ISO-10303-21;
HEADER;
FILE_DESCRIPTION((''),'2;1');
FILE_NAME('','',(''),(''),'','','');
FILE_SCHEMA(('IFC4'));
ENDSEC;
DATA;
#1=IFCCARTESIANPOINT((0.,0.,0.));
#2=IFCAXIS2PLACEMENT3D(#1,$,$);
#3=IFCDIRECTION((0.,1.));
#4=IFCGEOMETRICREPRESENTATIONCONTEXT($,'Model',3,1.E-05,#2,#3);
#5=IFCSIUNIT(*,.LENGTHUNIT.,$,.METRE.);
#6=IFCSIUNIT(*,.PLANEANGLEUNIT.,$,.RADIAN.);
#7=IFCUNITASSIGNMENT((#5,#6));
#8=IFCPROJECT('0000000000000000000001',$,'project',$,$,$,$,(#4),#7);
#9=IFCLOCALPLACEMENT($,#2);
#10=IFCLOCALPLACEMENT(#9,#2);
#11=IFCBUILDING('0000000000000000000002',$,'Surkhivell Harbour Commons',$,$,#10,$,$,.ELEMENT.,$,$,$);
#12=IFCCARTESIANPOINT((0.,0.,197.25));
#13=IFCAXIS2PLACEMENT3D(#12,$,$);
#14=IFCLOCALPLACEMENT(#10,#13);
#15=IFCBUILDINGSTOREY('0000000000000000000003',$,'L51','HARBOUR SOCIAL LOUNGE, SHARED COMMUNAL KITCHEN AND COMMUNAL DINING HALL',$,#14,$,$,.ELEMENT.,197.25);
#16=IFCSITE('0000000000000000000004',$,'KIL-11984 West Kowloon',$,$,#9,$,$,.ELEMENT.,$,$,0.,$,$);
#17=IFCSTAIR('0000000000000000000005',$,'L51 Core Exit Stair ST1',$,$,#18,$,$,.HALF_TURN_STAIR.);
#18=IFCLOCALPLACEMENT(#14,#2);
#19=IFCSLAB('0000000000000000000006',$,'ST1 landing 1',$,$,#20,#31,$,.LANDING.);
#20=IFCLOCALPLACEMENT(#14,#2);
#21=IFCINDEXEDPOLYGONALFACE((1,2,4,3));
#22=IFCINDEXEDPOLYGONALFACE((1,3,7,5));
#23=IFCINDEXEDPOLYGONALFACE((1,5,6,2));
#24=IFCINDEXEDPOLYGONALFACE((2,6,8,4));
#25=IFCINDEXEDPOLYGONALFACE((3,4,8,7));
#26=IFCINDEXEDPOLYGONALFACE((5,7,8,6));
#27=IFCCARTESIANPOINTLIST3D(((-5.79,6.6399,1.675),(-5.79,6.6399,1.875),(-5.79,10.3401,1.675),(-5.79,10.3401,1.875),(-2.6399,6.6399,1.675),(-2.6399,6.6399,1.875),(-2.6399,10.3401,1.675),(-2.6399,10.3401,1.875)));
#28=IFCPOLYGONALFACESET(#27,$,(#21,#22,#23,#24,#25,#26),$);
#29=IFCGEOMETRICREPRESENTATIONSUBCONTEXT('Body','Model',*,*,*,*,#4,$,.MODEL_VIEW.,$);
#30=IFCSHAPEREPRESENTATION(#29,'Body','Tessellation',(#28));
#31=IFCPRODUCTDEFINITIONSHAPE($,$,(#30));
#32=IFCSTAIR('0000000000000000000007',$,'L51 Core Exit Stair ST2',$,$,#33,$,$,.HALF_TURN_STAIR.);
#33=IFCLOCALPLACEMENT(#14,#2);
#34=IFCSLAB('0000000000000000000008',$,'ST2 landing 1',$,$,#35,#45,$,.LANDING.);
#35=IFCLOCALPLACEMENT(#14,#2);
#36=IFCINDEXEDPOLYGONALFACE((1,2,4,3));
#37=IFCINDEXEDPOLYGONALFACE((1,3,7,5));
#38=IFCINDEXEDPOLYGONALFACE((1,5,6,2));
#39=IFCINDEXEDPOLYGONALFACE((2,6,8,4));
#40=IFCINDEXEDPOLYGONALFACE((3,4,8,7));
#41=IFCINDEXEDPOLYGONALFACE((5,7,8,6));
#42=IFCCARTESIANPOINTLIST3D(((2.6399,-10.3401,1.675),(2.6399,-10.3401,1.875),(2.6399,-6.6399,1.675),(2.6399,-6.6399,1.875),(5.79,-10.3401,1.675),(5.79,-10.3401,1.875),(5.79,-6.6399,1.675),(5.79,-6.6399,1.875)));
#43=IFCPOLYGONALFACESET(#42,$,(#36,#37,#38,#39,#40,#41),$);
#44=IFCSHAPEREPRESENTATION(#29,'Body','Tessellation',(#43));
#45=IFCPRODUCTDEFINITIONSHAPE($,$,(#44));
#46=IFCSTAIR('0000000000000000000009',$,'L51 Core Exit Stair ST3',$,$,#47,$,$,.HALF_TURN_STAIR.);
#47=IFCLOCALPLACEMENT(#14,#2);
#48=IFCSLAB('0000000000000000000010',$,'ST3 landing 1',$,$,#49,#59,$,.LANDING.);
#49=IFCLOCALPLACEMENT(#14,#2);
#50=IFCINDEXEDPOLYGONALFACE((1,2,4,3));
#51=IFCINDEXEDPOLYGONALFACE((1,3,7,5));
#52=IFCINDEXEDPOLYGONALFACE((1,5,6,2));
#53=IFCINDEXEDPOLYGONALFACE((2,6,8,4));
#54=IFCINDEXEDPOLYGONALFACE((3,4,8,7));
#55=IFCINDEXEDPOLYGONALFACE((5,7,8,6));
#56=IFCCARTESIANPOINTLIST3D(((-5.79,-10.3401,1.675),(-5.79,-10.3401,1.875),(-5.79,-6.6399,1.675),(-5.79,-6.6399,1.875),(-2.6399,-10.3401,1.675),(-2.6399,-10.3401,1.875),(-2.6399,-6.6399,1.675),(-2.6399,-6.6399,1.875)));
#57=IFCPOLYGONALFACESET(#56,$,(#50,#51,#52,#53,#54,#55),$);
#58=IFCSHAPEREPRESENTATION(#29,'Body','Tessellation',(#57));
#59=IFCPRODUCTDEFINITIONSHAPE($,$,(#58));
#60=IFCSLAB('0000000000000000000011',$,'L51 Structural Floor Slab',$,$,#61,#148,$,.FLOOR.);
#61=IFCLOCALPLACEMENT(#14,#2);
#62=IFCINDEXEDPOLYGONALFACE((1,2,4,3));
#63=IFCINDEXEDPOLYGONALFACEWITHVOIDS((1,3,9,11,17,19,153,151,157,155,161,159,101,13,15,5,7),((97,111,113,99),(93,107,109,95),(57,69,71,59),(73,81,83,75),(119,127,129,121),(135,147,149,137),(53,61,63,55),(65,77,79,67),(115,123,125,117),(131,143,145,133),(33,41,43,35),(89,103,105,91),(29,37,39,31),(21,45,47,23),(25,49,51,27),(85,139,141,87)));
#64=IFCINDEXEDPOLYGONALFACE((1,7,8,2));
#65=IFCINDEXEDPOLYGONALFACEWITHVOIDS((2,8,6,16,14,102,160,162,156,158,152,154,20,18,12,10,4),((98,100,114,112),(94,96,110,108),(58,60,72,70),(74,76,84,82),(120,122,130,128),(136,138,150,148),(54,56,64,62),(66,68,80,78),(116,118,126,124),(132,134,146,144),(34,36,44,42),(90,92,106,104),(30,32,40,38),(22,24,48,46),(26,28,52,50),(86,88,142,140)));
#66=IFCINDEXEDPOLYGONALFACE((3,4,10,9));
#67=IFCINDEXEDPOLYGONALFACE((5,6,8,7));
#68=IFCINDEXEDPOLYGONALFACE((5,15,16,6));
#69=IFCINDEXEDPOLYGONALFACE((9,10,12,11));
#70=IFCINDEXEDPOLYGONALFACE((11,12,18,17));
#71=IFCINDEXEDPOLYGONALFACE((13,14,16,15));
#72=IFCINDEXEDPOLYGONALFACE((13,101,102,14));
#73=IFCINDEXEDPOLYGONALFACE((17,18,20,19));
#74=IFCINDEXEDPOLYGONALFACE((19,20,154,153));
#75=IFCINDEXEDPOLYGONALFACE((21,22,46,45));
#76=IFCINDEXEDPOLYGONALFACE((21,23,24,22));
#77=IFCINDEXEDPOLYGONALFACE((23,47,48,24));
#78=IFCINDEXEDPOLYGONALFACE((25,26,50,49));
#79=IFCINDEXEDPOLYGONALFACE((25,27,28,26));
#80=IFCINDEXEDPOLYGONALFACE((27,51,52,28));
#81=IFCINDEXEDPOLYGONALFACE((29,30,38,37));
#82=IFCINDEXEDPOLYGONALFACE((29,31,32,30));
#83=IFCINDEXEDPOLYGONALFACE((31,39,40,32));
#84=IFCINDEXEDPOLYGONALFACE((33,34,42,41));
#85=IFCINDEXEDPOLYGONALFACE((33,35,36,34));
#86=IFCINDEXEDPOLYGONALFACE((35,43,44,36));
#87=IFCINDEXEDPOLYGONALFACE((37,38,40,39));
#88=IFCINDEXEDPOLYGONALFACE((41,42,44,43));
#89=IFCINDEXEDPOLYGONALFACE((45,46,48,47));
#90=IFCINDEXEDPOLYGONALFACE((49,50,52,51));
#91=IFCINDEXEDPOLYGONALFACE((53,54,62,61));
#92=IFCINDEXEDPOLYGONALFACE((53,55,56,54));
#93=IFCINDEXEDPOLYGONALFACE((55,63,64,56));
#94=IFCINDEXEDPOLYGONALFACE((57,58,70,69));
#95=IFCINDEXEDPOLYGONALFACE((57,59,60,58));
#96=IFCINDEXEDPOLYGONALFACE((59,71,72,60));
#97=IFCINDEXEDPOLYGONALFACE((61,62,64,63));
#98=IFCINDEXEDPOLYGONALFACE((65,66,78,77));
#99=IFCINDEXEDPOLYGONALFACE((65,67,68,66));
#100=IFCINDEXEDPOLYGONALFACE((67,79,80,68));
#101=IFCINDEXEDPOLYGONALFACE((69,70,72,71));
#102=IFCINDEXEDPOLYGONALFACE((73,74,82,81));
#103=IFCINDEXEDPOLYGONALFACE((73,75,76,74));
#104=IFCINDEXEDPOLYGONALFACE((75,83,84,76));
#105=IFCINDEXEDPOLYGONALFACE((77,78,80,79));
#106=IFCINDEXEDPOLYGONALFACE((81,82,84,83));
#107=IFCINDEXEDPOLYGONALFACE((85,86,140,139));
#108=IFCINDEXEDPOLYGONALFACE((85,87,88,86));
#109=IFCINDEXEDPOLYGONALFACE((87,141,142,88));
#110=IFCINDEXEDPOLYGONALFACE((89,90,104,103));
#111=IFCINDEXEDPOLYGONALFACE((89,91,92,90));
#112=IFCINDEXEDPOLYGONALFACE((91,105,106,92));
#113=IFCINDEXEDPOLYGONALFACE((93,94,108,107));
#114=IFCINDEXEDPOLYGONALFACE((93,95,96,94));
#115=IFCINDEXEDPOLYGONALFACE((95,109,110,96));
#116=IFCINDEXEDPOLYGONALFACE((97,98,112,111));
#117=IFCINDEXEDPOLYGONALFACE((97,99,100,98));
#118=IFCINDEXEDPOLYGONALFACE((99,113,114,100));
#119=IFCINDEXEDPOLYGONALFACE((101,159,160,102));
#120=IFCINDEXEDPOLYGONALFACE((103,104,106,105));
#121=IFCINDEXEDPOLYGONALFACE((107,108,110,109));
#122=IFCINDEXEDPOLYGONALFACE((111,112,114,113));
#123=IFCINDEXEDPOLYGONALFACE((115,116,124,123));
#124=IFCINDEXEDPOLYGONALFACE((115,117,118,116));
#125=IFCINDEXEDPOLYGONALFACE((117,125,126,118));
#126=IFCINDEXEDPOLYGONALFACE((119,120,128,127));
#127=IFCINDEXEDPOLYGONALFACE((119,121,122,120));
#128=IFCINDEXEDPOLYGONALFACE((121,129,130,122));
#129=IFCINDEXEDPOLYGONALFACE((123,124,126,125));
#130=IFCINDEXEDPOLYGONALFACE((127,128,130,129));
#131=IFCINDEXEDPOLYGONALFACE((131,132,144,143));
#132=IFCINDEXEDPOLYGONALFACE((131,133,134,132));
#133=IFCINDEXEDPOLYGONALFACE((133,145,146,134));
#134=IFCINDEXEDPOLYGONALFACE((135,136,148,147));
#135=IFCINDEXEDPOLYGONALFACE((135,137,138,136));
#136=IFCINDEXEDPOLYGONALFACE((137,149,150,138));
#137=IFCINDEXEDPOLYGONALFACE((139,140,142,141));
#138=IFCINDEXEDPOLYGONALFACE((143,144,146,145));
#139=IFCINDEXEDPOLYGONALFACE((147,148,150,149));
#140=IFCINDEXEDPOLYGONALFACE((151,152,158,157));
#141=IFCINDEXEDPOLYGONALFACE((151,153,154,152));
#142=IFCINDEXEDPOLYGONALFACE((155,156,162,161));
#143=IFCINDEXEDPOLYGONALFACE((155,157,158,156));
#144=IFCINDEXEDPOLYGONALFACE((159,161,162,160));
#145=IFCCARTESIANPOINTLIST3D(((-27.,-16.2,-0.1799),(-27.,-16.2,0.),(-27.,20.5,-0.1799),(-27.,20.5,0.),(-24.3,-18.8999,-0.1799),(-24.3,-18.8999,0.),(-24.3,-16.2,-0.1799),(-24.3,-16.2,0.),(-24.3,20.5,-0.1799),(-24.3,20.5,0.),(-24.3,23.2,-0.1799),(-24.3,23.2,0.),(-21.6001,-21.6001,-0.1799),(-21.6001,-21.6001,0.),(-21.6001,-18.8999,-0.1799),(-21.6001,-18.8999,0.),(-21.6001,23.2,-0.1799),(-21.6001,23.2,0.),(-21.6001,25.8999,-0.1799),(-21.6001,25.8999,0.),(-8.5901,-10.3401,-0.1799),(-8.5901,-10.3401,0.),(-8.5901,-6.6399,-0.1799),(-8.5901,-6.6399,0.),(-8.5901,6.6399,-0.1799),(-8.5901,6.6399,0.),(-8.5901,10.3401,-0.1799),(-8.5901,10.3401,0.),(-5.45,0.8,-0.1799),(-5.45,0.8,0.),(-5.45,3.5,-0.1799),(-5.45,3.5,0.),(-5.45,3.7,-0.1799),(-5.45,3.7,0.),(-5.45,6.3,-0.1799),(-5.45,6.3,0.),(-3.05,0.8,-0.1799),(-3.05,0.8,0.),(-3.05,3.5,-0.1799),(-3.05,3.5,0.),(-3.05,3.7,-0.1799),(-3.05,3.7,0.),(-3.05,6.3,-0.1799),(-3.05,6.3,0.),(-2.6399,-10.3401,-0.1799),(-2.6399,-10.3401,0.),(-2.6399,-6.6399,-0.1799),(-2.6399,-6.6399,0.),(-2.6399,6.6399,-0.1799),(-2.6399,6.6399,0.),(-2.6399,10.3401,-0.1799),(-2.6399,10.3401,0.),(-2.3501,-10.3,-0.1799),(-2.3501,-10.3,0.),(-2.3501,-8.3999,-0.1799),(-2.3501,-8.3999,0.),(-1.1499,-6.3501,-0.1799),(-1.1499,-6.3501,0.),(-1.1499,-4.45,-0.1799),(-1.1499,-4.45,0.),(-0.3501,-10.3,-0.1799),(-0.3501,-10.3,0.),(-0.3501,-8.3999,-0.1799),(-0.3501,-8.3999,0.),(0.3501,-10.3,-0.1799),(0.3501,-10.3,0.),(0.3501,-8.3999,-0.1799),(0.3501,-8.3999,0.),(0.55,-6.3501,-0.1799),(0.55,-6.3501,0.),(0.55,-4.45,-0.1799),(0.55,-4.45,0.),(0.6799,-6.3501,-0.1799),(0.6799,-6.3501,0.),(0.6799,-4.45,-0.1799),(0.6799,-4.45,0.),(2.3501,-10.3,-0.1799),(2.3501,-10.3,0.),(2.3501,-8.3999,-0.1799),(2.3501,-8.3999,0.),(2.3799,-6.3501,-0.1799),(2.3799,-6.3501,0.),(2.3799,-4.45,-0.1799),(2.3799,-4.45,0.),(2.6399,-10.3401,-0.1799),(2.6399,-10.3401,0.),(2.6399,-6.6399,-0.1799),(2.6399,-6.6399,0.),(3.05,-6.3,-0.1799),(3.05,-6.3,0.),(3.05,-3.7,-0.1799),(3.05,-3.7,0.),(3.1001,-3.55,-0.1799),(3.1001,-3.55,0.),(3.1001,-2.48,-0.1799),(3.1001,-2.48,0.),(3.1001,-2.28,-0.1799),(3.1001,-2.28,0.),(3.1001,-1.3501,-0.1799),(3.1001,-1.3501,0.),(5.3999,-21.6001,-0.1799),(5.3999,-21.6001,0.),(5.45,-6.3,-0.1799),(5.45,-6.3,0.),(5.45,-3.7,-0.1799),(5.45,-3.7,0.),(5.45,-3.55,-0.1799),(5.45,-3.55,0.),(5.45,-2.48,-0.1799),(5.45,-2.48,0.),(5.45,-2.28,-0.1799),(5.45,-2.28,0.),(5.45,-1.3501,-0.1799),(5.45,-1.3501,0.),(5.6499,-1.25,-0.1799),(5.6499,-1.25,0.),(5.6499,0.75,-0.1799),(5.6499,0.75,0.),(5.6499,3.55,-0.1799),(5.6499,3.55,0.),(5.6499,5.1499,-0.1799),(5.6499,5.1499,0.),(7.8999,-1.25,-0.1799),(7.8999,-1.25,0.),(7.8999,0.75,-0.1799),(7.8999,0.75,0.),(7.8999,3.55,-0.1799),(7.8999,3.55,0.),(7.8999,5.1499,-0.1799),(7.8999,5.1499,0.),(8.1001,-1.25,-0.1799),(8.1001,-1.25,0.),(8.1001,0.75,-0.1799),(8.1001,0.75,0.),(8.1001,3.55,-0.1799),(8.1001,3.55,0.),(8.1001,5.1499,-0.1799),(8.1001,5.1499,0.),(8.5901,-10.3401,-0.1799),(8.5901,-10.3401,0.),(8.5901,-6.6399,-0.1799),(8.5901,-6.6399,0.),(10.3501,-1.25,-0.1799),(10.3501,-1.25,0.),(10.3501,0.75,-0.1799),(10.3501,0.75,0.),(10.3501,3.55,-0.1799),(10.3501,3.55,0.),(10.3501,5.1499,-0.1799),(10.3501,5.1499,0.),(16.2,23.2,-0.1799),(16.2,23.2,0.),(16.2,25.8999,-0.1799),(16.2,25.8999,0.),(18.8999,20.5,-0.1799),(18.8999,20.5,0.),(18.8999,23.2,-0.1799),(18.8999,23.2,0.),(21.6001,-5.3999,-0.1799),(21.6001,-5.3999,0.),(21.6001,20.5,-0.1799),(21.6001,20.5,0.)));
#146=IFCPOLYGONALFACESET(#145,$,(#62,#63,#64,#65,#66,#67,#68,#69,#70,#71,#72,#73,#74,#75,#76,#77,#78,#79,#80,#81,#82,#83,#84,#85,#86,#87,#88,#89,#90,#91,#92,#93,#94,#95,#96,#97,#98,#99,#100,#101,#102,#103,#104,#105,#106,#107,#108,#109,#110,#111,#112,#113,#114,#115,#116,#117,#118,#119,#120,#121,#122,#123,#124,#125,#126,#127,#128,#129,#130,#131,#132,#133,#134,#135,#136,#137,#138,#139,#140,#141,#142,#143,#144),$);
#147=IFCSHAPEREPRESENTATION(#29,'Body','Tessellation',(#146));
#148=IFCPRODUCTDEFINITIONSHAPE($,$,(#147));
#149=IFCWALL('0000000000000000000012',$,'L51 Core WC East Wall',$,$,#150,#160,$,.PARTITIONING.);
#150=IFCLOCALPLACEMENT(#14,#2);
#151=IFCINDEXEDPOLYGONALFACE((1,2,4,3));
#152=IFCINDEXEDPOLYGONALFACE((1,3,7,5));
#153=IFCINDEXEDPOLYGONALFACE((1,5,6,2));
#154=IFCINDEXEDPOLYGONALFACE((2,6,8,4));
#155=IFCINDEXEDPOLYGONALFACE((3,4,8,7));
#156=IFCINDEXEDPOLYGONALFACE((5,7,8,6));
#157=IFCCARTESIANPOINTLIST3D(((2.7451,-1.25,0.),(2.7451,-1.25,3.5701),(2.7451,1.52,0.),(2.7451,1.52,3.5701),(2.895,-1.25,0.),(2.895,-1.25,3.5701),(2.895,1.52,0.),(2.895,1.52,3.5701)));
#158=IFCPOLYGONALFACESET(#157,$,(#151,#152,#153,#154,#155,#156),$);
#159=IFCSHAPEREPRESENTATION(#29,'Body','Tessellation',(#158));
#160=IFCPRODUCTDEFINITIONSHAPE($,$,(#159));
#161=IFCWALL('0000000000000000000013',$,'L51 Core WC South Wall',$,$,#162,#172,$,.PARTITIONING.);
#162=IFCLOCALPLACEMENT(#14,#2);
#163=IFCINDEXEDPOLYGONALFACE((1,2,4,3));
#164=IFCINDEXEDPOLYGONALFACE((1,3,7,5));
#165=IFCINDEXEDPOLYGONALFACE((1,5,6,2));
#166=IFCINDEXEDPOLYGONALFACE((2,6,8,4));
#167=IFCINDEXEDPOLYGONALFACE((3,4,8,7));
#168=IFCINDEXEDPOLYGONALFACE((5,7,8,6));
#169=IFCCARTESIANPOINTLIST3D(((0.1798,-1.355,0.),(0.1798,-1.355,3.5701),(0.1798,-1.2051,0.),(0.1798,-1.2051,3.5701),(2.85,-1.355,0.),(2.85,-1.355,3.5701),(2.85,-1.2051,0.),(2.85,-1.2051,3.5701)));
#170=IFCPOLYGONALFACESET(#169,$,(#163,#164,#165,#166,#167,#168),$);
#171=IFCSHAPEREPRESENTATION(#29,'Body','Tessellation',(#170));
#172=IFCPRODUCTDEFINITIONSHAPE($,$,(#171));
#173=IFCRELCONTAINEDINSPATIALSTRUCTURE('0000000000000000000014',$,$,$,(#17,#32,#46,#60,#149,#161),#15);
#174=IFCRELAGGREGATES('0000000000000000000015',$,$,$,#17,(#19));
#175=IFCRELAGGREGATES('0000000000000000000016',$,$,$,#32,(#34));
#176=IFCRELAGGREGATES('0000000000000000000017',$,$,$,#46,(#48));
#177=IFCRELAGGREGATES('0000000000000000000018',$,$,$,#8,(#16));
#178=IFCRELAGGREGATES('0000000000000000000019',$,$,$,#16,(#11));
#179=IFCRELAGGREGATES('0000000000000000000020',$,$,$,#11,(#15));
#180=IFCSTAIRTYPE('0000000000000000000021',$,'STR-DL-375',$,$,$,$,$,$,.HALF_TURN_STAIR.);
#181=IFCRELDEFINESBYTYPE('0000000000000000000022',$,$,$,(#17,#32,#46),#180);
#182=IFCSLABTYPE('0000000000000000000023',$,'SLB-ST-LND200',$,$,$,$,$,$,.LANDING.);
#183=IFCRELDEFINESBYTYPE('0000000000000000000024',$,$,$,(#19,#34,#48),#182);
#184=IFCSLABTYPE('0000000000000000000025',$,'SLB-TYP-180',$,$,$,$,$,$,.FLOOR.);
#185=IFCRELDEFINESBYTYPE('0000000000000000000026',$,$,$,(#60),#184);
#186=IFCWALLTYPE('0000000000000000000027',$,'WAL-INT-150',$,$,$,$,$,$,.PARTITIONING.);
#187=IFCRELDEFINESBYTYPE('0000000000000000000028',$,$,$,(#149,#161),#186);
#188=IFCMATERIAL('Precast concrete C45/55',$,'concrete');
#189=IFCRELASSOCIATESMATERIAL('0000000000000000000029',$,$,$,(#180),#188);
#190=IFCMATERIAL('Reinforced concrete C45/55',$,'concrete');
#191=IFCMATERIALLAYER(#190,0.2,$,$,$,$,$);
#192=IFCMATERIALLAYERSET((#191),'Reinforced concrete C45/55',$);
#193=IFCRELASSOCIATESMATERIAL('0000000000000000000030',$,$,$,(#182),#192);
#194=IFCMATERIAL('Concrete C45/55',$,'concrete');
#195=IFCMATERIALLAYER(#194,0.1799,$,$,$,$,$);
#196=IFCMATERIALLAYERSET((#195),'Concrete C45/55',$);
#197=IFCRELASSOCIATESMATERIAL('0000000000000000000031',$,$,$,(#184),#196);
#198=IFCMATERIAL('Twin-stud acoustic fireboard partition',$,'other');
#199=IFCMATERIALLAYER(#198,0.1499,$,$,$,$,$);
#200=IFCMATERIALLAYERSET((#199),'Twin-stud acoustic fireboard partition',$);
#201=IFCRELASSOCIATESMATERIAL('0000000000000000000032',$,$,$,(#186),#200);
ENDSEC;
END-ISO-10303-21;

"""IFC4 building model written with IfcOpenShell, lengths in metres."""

from ifc_helpers import new_model, si_unit, direction, frame, frame_2d, origin, place, context, subcontext, project, spatial, polyline, rectangle, outline, extrude, material, layer, layer_set, type_object, element, aggregate, save


model = new_model("IFC4")

# Units and contexts
model_context = context("Model", 3, precision=1e-05, world=origin(), true_north=direction((0.0, 1.0)))
body_context = subcontext(model_context, "Body", "Model", "MODEL_VIEW")
ifc_project = project(units=[si_unit("LENGTHUNIT", "METRE"), si_unit("PLANEANGLEUNIT", "RADIAN")], contexts=[model_context])

# Site, building, storey
site_placement = place(None, origin())
site = spatial("IfcSite", under=ifc_project, at=site_placement, Name="KIL-11984 West Kowloon", CompositionType="ELEMENT", RefElevation=0.0)
building_placement = place(site_placement, origin())
building = spatial("IfcBuilding", under=site, at=building_placement, Name="Surkhivell Harbour Commons", CompositionType="ELEMENT")
storey_placement = place(building_placement, frame((0.0, 0.0, 197.25)))
storey = spatial("IfcBuildingStorey", under=building, at=storey_placement, Name="L51", Description="HARBOUR SOCIAL LOUNGE, SHARED COMMUNAL KITCHEN AND COMMUNAL DINING HALL", CompositionType="ELEMENT", Elevation=197.25)

# Stairs, slabs
ifc_material_1 = material(Name="Precast concrete C45/55", Category="concrete")
stair_type = type_object("IfcStairType", Name="STR-DL-375", PredefinedType="HALF_TURN_STAIR", material=ifc_material_1)
stair_1_placement = place(storey_placement, origin())
stair_1 = element("IfcStair", 1, at=stair_1_placement, inside=storey, type_object=stair_type, Name="L51 Core Exit Stair ST1", PredefinedType="HALF_TURN_STAIR")
ifc_material_2 = material(Name="Reinforced concrete C45/55", Category="concrete")
ifc_layer_1 = layer(ifc_material_2, 0.2)
ifc_layer_set_1 = layer_set([ifc_layer_1], Name="Reinforced concrete C45/55")
slab_type_1 = type_object("IfcSlabType", Name="SLB-ST-LND200", PredefinedType="LANDING", material=ifc_layer_set_1)
slab_1_placement = place(storey_placement, frame((0.0, 0.0, 1.675)))
slab_1 = element("IfcSlab", 2, at=slab_1_placement, type_object=slab_type_1, Name="ST1 landing 1", PredefinedType="LANDING", context=body_context, shape_type="SweptSolid", body=[
    extrude(outline(polyline([(-5.79, 6.6399), (-2.6399, 6.6399), (-2.6399, 10.3401), (-5.79, 10.3401), (-5.79, 6.6399)])), origin(), (0.0, 0.0, 1.0), 0.2),
])
aggregate(stair_1, [slab_1])
stair_2_placement = place(storey_placement, origin())
stair_2 = element("IfcStair", 3, at=stair_2_placement, inside=storey, type_object=stair_type, Name="L51 Core Exit Stair ST2", PredefinedType="HALF_TURN_STAIR")
slab_2_placement = place(storey_placement, frame((0.0, 0.0, 1.675)))
slab_2 = element("IfcSlab", 4, at=slab_2_placement, type_object=slab_type_1, Name="ST2 landing 1", PredefinedType="LANDING", context=body_context, shape_type="SweptSolid", body=[
    extrude(outline(polyline([(5.79, -6.6399), (2.6399, -6.6399), (2.6399, -10.3401), (5.79, -10.3401), (5.79, -6.6399)])), origin(), (0.0, 0.0, 1.0), 0.2),
])
aggregate(stair_2, [slab_2])
stair_3_placement = place(storey_placement, origin())
stair_3 = element("IfcStair", 5, at=stair_3_placement, inside=storey, type_object=stair_type, Name="L51 Core Exit Stair ST3", PredefinedType="HALF_TURN_STAIR")
slab_3_placement = place(storey_placement, frame((0.0, 0.0, 1.675)))
slab_3 = element("IfcSlab", 6, at=slab_3_placement, type_object=slab_type_1, Name="ST3 landing 1", PredefinedType="LANDING", context=body_context, shape_type="SweptSolid", body=[
    extrude(outline(polyline([(-5.79, -10.3401), (-2.6399, -10.3401), (-2.6399, -6.6399), (-5.79, -6.6399), (-5.79, -10.3401)])), origin(), (0.0, 0.0, 1.0), 0.2),
])
aggregate(stair_3, [slab_3])

# Slab
ifc_material_3 = material(Name="Concrete C45/55", Category="concrete")
ifc_layer_2 = layer(ifc_material_3, 0.1799)
ifc_layer_set_2 = layer_set([ifc_layer_2], Name="Concrete C45/55")
slab_type_2 = type_object("IfcSlabType", Name="SLB-TYP-180", PredefinedType="FLOOR", material=ifc_layer_set_2)
slab_4_placement = place(storey_placement, frame((0.0, 0.0, -0.1799)))
element("IfcSlab", 7, at=slab_4_placement, inside=storey, type_object=slab_type_2, Name="L51 Structural Floor Slab", PredefinedType="FLOOR", context=body_context, shape_type="SweptSolid", body=[
    extrude(outline(polyline([(-21.6001, -21.6001), (5.3999, -21.6001), (21.6001, -5.3999), (21.6001, 20.5), (18.8999, 20.5), (18.8999, 23.2), (16.2, 23.2), (16.2, 25.8999), (-21.6001, 25.8999), (-21.6001, 23.2), (-24.3, 23.2), (-24.3, 20.5), (-27.0, 20.5), (-27.0, -16.2), (-24.3, -16.2), (-24.3, -18.8999), (-21.6001, -18.8999), (-21.6001, -21.6001)]), holes=[polyline([(-8.5901, 6.6399), (-2.6399, 6.6399), (-2.6399, 10.3401), (-8.5901, 10.3401), (-8.5901, 6.6399)]), polyline([(8.5901, -6.6399), (2.6399, -6.6399), (2.6399, -10.3401), (8.5901, -10.3401), (8.5901, -6.6399)]), polyline([(-8.5901, -10.3401), (-2.6399, -10.3401), (-2.6399, -6.6399), (-8.5901, -6.6399), (-8.5901, -10.3401)]), polyline([(5.6499, 3.55), (7.8999, 3.55), (7.8999, 5.1499), (5.6499, 5.1499), (5.6499, 3.55)]), polyline([(8.1001, 3.55), (10.3501, 3.55), (10.3501, 5.1499), (8.1001, 5.1499), (8.1001, 3.55)]), polyline([(5.6499, -1.25), (7.8999, -1.25), (7.8999, 0.75), (5.6499, 0.75), (5.6499, -1.25)]), polyline([(8.1001, -1.25), (10.3501, -1.25), (10.3501, 0.75), (8.1001, 0.75), (8.1001, -1.25)]), polyline([(-1.1499, -6.3501), (0.55, -6.3501), (0.55, -4.45), (-1.1499, -4.45), (-1.1499, -6.3501)]), polyline([(0.6799, -6.3501), (2.3799, -6.3501), (2.3799, -4.45), (0.6799, -4.45), (0.6799, -6.3501)]), polyline([(-2.3501, -10.3), (-0.3501, -10.3), (-0.3501, -8.3999), (-2.3501, -8.3999), (-2.3501, -10.3)]), polyline([(0.3501, -10.3), (2.3501, -10.3), (2.3501, -8.3999), (0.3501, -8.3999), (0.3501, -10.3)]), polyline([(-5.45, 3.7), (-3.05, 3.7), (-3.05, 6.3), (-5.45, 6.3), (-5.45, 3.7)]), polyline([(3.05, -6.3), (5.45, -6.3), (5.45, -3.7), (3.05, -3.7), (3.05, -6.3)]), polyline([(-5.45, 0.8), (-3.05, 0.8), (-3.05, 3.5), (-5.45, 3.5), (-5.45, 0.8)]), polyline([(3.1001, -3.55), (5.45, -3.55), (5.45, -2.48), (3.1001, -2.48), (3.1001, -3.55)]), polyline([(3.1001, -2.28), (5.45, -2.28), (5.45, -1.3501), (3.1001, -1.3501), (3.1001, -2.28)])]), origin(), (0.0, 0.0, 1.0), 0.1799),
])

# Walls
ifc_material_4 = material(Name="Twin-stud acoustic fireboard partition", Category="other")
ifc_layer_3 = layer(ifc_material_4, 0.1499)
ifc_layer_set_3 = layer_set([ifc_layer_3], Name="Twin-stud acoustic fireboard partition")
wall_type_1 = type_object("IfcWallType", Name="WAL-INT-150", PredefinedType="PARTITIONING", material=ifc_layer_set_3)
wall_1_placement = place(storey_placement, frame((2.8201, -1.25, 0.0), z_axis=(0.0, 0.0, 1.0), x_axis=(0.0, 1.0, 0.0)))
element("IfcWall", 8, at=wall_1_placement, inside=storey, type_object=wall_type_1, Name="L51 Core WC East Wall", PredefinedType="PARTITIONING", context=body_context, shape_type="SweptSolid", body=[
    extrude(rectangle(XDim=2.77, YDim=0.1499, at=frame_2d((1.385, 0.0))), origin(), (0.0, 0.0, 1.0), 3.5701),
])
wall_2_placement = place(storey_placement, frame((0.1799, -1.28, 0.0), z_axis=(0.0, 0.0, 1.0), x_axis=(1.0, 0.0, 0.0)))
element("IfcWall", 9, at=wall_2_placement, inside=storey, type_object=wall_type_1, Name="L51 Core WC South Wall", PredefinedType="PARTITIONING", context=body_context, shape_type="SweptSolid", body=[
    extrude(rectangle(XDim=2.6702, YDim=0.1499, at=frame_2d((1.335, 0.0))), origin(), (0.0, 0.0, 1.0), 3.5701),
])

save(model, "model.ifc")
